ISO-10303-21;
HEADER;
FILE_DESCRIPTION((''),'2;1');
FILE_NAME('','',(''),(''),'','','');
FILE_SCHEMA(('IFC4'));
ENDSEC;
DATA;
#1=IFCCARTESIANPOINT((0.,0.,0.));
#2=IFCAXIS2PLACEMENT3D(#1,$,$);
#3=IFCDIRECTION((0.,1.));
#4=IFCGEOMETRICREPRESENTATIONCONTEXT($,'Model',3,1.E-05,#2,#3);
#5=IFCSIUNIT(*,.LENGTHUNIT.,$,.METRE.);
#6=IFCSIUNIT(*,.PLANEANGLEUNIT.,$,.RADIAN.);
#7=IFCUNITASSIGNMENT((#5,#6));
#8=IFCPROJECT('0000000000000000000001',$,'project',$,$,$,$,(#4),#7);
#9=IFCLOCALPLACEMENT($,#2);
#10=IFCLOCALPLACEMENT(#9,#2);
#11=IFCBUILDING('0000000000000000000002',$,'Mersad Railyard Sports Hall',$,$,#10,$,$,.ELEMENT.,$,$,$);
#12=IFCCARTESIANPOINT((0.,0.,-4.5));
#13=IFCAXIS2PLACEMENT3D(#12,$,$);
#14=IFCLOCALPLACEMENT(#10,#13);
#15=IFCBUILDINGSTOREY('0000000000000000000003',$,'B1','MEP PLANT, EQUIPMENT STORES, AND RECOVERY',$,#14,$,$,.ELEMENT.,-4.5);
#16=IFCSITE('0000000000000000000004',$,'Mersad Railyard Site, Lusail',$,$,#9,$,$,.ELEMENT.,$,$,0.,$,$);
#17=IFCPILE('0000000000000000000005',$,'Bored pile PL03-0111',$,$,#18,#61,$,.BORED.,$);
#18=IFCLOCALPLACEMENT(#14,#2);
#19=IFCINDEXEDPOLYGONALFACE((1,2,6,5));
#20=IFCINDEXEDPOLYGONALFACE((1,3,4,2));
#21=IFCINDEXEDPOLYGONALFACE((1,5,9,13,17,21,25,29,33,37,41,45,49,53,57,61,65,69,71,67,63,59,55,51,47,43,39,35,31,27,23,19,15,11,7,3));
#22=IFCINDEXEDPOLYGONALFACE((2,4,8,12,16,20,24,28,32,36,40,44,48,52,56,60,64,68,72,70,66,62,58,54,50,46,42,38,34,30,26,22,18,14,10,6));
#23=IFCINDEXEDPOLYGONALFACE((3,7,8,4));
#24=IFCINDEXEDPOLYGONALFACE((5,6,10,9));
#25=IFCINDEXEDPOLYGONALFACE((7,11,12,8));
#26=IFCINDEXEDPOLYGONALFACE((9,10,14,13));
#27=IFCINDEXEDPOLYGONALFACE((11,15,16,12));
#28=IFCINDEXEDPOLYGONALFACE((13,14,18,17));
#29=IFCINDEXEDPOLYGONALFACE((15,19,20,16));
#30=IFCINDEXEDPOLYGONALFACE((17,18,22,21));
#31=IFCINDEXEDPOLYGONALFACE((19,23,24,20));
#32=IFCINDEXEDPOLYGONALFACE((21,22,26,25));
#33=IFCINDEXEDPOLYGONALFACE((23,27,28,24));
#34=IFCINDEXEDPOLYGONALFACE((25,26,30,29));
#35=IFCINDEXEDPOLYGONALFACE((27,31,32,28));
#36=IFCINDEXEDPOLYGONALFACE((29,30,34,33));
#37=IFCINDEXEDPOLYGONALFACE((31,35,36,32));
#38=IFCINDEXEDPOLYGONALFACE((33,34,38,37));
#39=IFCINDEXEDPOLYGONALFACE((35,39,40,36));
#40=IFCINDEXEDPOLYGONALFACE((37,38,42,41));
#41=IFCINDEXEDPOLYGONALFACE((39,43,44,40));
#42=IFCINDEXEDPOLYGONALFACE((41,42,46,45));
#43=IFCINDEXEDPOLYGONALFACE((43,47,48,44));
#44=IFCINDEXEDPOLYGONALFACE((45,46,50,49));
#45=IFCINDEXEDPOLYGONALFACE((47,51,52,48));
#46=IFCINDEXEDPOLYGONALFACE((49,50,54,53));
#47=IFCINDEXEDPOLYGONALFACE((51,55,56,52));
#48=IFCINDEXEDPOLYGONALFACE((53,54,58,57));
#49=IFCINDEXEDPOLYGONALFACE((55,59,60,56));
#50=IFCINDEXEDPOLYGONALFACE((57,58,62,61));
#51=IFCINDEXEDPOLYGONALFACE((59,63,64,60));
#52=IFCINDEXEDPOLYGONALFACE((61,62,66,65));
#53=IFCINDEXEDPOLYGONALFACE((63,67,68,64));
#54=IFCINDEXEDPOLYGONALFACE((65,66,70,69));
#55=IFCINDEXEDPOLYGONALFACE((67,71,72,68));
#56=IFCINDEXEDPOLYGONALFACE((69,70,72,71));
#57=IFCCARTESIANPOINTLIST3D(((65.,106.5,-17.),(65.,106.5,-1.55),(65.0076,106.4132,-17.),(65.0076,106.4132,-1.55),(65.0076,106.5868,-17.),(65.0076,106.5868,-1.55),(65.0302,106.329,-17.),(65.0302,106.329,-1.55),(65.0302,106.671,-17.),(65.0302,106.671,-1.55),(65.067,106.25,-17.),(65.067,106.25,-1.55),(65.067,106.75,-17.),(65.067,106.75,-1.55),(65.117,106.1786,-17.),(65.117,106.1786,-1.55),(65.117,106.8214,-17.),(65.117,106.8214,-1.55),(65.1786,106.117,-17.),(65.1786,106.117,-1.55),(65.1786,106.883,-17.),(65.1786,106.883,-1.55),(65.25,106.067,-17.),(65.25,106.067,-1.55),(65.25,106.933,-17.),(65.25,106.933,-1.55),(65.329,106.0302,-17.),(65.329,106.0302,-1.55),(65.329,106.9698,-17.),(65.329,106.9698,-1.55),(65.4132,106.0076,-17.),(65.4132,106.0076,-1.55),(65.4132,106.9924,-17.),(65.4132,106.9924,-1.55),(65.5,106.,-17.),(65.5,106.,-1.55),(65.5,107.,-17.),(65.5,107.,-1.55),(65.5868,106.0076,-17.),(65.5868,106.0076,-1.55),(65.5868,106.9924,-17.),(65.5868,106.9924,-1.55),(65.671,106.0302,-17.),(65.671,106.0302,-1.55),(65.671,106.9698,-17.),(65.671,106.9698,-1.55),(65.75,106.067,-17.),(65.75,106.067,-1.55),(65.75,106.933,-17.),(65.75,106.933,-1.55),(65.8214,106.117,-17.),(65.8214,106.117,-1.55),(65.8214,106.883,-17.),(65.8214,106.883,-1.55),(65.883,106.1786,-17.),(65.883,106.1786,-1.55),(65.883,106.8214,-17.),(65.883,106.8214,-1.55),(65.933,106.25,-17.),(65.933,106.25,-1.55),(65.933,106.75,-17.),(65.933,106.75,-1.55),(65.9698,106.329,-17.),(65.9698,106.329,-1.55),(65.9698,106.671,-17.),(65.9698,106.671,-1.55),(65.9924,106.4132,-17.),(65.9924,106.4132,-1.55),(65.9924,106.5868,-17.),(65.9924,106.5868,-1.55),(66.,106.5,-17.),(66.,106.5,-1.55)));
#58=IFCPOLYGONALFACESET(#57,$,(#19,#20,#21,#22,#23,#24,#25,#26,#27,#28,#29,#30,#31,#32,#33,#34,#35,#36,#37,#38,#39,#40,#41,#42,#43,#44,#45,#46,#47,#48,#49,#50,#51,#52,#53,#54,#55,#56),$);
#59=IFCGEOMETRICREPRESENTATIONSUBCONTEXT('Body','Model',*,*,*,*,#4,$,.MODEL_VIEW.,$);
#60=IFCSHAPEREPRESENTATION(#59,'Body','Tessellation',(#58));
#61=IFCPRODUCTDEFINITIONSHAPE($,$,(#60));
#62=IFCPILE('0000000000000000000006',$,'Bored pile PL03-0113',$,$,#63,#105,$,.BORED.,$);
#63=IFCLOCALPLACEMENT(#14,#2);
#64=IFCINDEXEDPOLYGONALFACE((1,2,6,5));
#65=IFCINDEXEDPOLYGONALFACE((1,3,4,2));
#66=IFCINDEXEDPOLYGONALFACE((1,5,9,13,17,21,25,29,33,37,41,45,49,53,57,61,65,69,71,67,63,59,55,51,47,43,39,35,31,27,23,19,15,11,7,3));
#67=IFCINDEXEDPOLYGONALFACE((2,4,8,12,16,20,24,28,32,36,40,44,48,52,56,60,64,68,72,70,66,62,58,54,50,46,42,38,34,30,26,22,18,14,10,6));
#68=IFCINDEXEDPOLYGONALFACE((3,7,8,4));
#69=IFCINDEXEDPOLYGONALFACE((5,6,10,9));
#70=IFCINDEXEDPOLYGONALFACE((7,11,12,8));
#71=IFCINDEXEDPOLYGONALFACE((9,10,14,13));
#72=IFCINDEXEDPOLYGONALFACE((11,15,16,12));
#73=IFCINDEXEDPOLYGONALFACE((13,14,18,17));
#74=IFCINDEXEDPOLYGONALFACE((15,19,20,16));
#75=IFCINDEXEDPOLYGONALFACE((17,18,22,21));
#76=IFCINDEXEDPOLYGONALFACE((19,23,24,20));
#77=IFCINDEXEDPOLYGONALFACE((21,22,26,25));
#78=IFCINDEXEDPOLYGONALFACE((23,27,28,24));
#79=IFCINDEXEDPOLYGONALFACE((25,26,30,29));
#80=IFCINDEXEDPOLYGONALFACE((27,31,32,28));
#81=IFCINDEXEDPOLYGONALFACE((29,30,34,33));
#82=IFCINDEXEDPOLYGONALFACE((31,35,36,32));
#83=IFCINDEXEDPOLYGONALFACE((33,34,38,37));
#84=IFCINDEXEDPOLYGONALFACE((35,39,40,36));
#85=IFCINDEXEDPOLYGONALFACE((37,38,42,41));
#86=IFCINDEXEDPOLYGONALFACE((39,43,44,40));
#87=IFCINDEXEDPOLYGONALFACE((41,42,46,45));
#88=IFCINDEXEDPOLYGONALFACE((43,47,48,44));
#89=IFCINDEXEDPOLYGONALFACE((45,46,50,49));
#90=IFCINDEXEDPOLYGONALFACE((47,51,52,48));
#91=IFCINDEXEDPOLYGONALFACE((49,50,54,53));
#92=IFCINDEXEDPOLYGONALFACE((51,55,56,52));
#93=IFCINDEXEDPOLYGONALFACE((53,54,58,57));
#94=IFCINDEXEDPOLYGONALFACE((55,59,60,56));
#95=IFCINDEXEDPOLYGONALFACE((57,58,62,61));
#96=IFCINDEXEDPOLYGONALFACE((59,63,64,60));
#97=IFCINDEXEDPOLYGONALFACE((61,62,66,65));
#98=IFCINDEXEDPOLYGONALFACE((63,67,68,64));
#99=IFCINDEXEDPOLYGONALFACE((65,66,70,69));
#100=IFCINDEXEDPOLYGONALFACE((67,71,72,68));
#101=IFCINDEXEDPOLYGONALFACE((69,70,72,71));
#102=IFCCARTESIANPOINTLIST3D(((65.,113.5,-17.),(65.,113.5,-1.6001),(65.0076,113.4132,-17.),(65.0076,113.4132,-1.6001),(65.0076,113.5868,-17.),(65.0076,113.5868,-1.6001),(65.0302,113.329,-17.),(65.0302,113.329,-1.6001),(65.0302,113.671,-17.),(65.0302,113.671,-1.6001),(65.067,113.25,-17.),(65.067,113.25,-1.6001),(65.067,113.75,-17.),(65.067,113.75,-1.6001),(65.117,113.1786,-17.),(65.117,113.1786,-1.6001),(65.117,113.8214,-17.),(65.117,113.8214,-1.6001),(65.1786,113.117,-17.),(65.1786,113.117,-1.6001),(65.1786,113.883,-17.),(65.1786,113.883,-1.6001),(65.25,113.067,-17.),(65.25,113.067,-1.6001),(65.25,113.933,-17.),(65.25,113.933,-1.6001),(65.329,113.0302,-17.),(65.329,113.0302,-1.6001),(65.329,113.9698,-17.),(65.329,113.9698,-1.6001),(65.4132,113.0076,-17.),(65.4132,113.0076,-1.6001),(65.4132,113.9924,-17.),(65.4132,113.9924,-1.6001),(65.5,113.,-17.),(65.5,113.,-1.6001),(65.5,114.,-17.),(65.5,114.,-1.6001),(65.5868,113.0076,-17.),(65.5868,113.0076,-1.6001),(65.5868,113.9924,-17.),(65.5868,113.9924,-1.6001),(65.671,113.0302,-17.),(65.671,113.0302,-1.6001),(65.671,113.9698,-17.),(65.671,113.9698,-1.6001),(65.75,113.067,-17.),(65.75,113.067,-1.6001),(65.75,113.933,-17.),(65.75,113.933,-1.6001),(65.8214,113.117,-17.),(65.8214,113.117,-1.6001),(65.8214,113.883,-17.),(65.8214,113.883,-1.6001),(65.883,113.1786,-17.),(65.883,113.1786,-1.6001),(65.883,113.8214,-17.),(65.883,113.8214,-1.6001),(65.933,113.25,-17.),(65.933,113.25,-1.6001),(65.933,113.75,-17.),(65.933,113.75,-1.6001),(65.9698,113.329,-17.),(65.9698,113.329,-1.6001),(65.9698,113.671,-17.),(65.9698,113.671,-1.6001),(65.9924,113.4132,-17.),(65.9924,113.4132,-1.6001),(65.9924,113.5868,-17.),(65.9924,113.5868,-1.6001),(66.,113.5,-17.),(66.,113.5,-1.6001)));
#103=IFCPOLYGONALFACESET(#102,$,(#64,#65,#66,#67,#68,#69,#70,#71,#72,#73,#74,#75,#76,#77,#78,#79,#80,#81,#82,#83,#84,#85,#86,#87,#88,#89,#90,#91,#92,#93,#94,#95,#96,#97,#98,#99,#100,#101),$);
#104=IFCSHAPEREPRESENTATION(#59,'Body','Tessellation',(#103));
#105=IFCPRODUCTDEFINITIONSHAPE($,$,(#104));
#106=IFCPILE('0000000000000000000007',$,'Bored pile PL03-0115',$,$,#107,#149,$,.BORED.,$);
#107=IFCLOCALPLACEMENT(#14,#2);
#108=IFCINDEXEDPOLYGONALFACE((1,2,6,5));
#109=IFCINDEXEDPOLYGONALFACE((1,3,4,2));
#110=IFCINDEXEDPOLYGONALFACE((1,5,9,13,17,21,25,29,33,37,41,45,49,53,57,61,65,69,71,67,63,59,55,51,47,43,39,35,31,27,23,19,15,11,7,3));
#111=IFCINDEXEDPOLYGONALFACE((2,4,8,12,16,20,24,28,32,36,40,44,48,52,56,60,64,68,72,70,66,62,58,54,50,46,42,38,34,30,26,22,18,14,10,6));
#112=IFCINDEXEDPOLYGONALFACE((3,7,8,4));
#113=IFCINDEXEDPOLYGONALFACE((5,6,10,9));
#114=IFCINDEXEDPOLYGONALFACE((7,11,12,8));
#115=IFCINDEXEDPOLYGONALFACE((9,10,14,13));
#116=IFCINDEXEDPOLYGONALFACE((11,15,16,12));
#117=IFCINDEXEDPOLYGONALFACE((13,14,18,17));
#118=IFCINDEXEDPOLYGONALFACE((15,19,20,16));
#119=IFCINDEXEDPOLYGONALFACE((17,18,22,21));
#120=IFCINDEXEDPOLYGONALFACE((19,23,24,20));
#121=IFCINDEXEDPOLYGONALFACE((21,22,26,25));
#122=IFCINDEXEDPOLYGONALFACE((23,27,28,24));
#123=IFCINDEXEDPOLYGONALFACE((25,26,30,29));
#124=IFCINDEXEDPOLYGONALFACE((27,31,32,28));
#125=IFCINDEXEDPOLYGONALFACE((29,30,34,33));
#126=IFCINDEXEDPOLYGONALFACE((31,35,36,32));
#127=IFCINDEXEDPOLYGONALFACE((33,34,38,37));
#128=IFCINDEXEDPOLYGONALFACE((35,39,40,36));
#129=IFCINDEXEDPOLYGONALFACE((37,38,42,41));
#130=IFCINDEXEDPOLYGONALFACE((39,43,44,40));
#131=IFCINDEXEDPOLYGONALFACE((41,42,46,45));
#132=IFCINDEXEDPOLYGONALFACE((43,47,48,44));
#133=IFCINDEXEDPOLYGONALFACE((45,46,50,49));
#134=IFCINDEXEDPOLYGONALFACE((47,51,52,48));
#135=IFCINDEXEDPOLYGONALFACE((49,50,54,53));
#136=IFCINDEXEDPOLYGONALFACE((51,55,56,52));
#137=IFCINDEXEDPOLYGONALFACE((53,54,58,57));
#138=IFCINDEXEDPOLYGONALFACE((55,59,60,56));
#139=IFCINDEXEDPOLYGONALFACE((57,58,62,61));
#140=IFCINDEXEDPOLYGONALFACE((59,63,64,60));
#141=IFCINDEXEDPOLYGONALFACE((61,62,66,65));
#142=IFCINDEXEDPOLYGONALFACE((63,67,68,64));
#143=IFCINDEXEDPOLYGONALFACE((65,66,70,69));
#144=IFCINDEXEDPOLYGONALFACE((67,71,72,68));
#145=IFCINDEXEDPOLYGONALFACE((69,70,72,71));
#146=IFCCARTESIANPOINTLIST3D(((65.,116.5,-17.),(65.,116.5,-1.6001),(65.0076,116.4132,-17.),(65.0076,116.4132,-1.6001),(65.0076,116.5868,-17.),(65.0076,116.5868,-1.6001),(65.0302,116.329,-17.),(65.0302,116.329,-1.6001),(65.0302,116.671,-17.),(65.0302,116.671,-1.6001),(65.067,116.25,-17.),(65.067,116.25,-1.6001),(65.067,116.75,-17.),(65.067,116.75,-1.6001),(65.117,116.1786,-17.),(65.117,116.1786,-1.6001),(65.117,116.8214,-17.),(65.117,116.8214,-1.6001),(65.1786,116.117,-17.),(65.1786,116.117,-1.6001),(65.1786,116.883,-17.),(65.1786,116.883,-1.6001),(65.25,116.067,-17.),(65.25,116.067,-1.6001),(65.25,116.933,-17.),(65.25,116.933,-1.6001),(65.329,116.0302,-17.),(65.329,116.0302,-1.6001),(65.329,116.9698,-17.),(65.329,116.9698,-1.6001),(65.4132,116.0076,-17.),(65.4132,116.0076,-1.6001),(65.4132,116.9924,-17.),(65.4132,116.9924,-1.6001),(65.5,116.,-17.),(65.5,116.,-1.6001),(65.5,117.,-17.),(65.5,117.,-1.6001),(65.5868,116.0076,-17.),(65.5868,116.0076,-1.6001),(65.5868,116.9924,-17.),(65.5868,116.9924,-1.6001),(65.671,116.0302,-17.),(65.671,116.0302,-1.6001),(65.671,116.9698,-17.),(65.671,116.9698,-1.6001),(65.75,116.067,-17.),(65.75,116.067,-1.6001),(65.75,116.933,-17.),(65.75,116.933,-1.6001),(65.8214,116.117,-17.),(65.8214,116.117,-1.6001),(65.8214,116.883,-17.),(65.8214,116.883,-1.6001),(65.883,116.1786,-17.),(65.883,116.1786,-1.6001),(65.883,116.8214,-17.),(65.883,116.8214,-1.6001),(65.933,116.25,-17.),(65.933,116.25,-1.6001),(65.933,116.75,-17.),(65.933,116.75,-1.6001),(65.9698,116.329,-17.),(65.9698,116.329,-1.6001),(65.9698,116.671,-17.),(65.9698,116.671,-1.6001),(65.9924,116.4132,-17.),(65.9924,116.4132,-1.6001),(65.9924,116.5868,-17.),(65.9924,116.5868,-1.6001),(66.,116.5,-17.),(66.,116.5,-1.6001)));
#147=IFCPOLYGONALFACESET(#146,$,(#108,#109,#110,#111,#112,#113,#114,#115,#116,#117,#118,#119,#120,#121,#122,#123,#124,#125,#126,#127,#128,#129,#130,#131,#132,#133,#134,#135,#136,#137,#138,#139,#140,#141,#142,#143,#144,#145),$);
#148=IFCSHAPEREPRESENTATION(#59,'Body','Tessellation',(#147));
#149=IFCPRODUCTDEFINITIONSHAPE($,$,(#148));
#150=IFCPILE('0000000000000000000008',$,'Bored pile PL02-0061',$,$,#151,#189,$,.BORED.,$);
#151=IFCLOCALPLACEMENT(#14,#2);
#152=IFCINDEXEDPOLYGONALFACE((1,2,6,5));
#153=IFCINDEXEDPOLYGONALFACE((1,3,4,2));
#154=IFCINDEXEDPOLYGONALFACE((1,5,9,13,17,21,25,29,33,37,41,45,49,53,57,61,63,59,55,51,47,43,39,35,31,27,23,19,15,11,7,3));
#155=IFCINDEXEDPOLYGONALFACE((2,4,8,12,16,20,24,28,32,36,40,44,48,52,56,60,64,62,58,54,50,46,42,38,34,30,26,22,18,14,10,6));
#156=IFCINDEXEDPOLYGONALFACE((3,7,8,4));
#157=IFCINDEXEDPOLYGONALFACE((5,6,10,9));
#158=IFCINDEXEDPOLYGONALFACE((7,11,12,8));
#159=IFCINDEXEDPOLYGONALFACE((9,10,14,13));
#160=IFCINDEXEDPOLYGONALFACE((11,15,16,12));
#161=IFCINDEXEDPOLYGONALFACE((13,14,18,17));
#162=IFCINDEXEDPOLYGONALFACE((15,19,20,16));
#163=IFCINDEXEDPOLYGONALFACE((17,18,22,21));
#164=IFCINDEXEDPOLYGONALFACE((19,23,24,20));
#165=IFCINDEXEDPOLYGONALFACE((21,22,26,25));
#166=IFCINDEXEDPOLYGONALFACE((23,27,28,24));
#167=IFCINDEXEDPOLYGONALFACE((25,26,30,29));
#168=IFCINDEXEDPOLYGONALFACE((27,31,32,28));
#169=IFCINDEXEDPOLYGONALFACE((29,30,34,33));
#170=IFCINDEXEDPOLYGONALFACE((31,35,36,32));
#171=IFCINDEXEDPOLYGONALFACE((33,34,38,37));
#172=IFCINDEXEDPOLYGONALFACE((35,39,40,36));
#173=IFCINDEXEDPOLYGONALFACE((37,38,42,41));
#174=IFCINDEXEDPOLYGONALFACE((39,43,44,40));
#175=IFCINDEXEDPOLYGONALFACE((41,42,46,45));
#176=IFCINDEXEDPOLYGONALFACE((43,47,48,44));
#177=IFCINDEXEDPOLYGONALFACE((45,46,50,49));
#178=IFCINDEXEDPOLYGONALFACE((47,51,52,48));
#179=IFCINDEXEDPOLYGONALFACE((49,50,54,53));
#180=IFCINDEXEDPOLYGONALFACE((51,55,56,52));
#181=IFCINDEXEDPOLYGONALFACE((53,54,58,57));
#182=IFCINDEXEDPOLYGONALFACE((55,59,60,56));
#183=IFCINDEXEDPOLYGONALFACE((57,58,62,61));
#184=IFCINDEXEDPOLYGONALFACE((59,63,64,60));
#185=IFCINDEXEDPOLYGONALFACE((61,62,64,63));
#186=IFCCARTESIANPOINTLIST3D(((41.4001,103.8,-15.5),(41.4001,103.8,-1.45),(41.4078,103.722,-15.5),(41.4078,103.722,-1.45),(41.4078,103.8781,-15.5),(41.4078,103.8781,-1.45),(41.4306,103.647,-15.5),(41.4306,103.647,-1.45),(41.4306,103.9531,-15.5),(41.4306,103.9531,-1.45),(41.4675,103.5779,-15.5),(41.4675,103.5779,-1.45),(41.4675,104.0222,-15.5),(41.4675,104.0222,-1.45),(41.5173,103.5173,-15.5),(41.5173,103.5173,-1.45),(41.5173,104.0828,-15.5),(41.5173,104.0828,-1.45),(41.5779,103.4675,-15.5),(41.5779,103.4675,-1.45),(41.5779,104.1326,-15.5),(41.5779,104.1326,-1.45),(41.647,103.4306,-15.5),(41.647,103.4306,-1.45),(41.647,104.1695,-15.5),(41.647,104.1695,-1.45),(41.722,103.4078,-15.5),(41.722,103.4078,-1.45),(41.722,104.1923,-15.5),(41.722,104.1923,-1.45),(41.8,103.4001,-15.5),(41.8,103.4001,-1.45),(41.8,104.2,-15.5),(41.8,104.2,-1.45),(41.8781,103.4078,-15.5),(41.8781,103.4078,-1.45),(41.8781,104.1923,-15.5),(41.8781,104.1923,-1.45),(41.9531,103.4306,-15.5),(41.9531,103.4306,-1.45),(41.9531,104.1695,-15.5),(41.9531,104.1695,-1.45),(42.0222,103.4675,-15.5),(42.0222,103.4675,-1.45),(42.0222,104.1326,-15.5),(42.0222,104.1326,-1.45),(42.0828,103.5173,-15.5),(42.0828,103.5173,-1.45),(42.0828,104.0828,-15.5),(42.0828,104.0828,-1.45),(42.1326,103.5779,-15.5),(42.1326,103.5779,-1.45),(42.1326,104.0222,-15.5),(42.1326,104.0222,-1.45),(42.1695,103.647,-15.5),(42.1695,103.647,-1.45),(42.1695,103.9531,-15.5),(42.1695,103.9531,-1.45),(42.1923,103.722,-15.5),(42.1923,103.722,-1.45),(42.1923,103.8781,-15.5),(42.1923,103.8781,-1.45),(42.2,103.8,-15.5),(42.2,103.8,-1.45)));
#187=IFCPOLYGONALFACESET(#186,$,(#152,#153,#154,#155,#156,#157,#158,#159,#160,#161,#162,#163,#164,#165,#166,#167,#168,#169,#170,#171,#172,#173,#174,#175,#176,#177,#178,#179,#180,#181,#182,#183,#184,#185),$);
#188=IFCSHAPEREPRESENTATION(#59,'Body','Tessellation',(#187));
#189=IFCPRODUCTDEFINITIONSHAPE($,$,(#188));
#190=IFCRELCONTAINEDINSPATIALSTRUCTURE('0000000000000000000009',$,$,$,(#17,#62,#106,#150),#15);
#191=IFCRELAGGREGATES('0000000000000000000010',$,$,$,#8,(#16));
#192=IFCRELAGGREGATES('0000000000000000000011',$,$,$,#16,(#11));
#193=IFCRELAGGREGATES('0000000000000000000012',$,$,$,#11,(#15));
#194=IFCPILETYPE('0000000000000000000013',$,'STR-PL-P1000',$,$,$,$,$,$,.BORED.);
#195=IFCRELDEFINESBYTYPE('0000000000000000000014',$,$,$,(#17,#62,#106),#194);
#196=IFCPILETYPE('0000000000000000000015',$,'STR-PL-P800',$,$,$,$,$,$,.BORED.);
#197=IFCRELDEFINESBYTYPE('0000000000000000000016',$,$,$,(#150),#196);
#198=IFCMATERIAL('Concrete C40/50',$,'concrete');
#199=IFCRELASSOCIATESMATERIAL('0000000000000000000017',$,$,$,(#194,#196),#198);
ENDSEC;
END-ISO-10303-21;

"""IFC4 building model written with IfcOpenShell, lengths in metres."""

from ifc_helpers import new_model, si_unit, direction, frame, origin, origin_2d, place, context, subcontext, project, spatial, circle, extrude, material, material_profile, profile_set, type_object, element, save


model = new_model("IFC4")

# Units and contexts
model_context = context("Model", 3, precision=1e-05, world=origin(), true_north=direction((0.0, 1.0)))
body_context = subcontext(model_context, "Body", "Model", "MODEL_VIEW")
ifc_project = project(units=[si_unit("LENGTHUNIT", "METRE"), si_unit("PLANEANGLEUNIT", "RADIAN")], contexts=[model_context])

# Site, building, storey
site_placement = place(None, origin())
site = spatial("IfcSite", under=ifc_project, at=site_placement, Name="Mersad Railyard Site, Lusail", CompositionType="ELEMENT", RefElevation=0.0)
building_placement = place(site_placement, origin())
building = spatial("IfcBuilding", under=site, at=building_placement, Name="Mersad Railyard Sports Hall", CompositionType="ELEMENT")
storey_placement = place(building_placement, frame((0.0, 0.0, -4.5)))
storey = spatial("IfcBuildingStorey", under=building, at=storey_placement, Name="B1", Description="MEP PLANT, EQUIPMENT STORES, AND RECOVERY", CompositionType="ELEMENT", Elevation=-4.5)

# Shared definitions
ifc_material_1 = material(Name="Concrete C40/50", Category="concrete")

# Piles
ifc_material_profile_1 = material_profile(ifc_material_1, circle(Radius=0.5, at=origin_2d()), Name="BORED PILE D1000")
ifc_profile_set_1 = profile_set([ifc_material_profile_1], Name="Concrete C40/50")
pile_type_1 = type_object("IfcPileType", Name="STR-PL-P1000", PredefinedType="BORED", material=ifc_profile_set_1)
pile_placement = place(storey_placement, frame((65.5, 106.5, -1.55), z_axis=(0.0, 0.0, -1.0), x_axis=(1.0, 0.0, 0.0)))
element("IfcPile", 1, at=pile_placement, inside=storey, type_object=pile_type_1, Name="Bored pile PL03-0111", PredefinedType="BORED", context=body_context, shape_type="SweptSolid", body=[
    extrude(circle(Radius=0.5, at=origin_2d()), origin(), (0.0, 0.0, 1.0), 15.45),
])
for number, where, z_axis, x_axis, name in (
    (2, (65.5, 113.5, -1.6001), (0.0, 0.0, -1.0), (1.0, 0.0, 0.0), "Bored pile PL03-0113"),
    (3, (65.5, 116.5, -1.6001), (0.0, 0.0, -1.0), (1.0, 0.0, 0.0), "Bored pile PL03-0115"),
):
    element("IfcPile", number, at=place(storey_placement, frame(where, z_axis=z_axis, x_axis=x_axis)), inside=storey, type_object=pile_type_1, Name=name, PredefinedType="BORED", context=body_context, shape_type="SweptSolid", body=[
        extrude(circle(Radius=0.5, at=origin_2d()), origin(), (0.0, 0.0, 1.0), 15.3999),
    ])
ifc_material_profile_2 = material_profile(ifc_material_1, circle(Radius=0.3999, at=origin_2d()), Name="BORED PILE D800")
ifc_profile_set_2 = profile_set([ifc_material_profile_2], Name="Concrete C40/50")
pile_type_2 = type_object("IfcPileType", Name="STR-PL-P800", PredefinedType="BORED", material=ifc_profile_set_2)
for number, where, z_axis, x_axis, name in (
    (4, (41.8, 103.8, -1.45), (0.0, 0.0, -1.0), (1.0, 0.0, 0.0), "Bored pile PL02-0061"),
):
    element("IfcPile", number, at=place(storey_placement, frame(where, z_axis=z_axis, x_axis=x_axis)), inside=storey, type_object=pile_type_2, Name=name, PredefinedType="BORED", context=body_context, shape_type="SweptSolid", body=[
        extrude(circle(Radius=0.3999, at=origin_2d()), origin(), (0.0, 0.0, 1.0), 14.05),
    ])

save(model, "model.ifc")
